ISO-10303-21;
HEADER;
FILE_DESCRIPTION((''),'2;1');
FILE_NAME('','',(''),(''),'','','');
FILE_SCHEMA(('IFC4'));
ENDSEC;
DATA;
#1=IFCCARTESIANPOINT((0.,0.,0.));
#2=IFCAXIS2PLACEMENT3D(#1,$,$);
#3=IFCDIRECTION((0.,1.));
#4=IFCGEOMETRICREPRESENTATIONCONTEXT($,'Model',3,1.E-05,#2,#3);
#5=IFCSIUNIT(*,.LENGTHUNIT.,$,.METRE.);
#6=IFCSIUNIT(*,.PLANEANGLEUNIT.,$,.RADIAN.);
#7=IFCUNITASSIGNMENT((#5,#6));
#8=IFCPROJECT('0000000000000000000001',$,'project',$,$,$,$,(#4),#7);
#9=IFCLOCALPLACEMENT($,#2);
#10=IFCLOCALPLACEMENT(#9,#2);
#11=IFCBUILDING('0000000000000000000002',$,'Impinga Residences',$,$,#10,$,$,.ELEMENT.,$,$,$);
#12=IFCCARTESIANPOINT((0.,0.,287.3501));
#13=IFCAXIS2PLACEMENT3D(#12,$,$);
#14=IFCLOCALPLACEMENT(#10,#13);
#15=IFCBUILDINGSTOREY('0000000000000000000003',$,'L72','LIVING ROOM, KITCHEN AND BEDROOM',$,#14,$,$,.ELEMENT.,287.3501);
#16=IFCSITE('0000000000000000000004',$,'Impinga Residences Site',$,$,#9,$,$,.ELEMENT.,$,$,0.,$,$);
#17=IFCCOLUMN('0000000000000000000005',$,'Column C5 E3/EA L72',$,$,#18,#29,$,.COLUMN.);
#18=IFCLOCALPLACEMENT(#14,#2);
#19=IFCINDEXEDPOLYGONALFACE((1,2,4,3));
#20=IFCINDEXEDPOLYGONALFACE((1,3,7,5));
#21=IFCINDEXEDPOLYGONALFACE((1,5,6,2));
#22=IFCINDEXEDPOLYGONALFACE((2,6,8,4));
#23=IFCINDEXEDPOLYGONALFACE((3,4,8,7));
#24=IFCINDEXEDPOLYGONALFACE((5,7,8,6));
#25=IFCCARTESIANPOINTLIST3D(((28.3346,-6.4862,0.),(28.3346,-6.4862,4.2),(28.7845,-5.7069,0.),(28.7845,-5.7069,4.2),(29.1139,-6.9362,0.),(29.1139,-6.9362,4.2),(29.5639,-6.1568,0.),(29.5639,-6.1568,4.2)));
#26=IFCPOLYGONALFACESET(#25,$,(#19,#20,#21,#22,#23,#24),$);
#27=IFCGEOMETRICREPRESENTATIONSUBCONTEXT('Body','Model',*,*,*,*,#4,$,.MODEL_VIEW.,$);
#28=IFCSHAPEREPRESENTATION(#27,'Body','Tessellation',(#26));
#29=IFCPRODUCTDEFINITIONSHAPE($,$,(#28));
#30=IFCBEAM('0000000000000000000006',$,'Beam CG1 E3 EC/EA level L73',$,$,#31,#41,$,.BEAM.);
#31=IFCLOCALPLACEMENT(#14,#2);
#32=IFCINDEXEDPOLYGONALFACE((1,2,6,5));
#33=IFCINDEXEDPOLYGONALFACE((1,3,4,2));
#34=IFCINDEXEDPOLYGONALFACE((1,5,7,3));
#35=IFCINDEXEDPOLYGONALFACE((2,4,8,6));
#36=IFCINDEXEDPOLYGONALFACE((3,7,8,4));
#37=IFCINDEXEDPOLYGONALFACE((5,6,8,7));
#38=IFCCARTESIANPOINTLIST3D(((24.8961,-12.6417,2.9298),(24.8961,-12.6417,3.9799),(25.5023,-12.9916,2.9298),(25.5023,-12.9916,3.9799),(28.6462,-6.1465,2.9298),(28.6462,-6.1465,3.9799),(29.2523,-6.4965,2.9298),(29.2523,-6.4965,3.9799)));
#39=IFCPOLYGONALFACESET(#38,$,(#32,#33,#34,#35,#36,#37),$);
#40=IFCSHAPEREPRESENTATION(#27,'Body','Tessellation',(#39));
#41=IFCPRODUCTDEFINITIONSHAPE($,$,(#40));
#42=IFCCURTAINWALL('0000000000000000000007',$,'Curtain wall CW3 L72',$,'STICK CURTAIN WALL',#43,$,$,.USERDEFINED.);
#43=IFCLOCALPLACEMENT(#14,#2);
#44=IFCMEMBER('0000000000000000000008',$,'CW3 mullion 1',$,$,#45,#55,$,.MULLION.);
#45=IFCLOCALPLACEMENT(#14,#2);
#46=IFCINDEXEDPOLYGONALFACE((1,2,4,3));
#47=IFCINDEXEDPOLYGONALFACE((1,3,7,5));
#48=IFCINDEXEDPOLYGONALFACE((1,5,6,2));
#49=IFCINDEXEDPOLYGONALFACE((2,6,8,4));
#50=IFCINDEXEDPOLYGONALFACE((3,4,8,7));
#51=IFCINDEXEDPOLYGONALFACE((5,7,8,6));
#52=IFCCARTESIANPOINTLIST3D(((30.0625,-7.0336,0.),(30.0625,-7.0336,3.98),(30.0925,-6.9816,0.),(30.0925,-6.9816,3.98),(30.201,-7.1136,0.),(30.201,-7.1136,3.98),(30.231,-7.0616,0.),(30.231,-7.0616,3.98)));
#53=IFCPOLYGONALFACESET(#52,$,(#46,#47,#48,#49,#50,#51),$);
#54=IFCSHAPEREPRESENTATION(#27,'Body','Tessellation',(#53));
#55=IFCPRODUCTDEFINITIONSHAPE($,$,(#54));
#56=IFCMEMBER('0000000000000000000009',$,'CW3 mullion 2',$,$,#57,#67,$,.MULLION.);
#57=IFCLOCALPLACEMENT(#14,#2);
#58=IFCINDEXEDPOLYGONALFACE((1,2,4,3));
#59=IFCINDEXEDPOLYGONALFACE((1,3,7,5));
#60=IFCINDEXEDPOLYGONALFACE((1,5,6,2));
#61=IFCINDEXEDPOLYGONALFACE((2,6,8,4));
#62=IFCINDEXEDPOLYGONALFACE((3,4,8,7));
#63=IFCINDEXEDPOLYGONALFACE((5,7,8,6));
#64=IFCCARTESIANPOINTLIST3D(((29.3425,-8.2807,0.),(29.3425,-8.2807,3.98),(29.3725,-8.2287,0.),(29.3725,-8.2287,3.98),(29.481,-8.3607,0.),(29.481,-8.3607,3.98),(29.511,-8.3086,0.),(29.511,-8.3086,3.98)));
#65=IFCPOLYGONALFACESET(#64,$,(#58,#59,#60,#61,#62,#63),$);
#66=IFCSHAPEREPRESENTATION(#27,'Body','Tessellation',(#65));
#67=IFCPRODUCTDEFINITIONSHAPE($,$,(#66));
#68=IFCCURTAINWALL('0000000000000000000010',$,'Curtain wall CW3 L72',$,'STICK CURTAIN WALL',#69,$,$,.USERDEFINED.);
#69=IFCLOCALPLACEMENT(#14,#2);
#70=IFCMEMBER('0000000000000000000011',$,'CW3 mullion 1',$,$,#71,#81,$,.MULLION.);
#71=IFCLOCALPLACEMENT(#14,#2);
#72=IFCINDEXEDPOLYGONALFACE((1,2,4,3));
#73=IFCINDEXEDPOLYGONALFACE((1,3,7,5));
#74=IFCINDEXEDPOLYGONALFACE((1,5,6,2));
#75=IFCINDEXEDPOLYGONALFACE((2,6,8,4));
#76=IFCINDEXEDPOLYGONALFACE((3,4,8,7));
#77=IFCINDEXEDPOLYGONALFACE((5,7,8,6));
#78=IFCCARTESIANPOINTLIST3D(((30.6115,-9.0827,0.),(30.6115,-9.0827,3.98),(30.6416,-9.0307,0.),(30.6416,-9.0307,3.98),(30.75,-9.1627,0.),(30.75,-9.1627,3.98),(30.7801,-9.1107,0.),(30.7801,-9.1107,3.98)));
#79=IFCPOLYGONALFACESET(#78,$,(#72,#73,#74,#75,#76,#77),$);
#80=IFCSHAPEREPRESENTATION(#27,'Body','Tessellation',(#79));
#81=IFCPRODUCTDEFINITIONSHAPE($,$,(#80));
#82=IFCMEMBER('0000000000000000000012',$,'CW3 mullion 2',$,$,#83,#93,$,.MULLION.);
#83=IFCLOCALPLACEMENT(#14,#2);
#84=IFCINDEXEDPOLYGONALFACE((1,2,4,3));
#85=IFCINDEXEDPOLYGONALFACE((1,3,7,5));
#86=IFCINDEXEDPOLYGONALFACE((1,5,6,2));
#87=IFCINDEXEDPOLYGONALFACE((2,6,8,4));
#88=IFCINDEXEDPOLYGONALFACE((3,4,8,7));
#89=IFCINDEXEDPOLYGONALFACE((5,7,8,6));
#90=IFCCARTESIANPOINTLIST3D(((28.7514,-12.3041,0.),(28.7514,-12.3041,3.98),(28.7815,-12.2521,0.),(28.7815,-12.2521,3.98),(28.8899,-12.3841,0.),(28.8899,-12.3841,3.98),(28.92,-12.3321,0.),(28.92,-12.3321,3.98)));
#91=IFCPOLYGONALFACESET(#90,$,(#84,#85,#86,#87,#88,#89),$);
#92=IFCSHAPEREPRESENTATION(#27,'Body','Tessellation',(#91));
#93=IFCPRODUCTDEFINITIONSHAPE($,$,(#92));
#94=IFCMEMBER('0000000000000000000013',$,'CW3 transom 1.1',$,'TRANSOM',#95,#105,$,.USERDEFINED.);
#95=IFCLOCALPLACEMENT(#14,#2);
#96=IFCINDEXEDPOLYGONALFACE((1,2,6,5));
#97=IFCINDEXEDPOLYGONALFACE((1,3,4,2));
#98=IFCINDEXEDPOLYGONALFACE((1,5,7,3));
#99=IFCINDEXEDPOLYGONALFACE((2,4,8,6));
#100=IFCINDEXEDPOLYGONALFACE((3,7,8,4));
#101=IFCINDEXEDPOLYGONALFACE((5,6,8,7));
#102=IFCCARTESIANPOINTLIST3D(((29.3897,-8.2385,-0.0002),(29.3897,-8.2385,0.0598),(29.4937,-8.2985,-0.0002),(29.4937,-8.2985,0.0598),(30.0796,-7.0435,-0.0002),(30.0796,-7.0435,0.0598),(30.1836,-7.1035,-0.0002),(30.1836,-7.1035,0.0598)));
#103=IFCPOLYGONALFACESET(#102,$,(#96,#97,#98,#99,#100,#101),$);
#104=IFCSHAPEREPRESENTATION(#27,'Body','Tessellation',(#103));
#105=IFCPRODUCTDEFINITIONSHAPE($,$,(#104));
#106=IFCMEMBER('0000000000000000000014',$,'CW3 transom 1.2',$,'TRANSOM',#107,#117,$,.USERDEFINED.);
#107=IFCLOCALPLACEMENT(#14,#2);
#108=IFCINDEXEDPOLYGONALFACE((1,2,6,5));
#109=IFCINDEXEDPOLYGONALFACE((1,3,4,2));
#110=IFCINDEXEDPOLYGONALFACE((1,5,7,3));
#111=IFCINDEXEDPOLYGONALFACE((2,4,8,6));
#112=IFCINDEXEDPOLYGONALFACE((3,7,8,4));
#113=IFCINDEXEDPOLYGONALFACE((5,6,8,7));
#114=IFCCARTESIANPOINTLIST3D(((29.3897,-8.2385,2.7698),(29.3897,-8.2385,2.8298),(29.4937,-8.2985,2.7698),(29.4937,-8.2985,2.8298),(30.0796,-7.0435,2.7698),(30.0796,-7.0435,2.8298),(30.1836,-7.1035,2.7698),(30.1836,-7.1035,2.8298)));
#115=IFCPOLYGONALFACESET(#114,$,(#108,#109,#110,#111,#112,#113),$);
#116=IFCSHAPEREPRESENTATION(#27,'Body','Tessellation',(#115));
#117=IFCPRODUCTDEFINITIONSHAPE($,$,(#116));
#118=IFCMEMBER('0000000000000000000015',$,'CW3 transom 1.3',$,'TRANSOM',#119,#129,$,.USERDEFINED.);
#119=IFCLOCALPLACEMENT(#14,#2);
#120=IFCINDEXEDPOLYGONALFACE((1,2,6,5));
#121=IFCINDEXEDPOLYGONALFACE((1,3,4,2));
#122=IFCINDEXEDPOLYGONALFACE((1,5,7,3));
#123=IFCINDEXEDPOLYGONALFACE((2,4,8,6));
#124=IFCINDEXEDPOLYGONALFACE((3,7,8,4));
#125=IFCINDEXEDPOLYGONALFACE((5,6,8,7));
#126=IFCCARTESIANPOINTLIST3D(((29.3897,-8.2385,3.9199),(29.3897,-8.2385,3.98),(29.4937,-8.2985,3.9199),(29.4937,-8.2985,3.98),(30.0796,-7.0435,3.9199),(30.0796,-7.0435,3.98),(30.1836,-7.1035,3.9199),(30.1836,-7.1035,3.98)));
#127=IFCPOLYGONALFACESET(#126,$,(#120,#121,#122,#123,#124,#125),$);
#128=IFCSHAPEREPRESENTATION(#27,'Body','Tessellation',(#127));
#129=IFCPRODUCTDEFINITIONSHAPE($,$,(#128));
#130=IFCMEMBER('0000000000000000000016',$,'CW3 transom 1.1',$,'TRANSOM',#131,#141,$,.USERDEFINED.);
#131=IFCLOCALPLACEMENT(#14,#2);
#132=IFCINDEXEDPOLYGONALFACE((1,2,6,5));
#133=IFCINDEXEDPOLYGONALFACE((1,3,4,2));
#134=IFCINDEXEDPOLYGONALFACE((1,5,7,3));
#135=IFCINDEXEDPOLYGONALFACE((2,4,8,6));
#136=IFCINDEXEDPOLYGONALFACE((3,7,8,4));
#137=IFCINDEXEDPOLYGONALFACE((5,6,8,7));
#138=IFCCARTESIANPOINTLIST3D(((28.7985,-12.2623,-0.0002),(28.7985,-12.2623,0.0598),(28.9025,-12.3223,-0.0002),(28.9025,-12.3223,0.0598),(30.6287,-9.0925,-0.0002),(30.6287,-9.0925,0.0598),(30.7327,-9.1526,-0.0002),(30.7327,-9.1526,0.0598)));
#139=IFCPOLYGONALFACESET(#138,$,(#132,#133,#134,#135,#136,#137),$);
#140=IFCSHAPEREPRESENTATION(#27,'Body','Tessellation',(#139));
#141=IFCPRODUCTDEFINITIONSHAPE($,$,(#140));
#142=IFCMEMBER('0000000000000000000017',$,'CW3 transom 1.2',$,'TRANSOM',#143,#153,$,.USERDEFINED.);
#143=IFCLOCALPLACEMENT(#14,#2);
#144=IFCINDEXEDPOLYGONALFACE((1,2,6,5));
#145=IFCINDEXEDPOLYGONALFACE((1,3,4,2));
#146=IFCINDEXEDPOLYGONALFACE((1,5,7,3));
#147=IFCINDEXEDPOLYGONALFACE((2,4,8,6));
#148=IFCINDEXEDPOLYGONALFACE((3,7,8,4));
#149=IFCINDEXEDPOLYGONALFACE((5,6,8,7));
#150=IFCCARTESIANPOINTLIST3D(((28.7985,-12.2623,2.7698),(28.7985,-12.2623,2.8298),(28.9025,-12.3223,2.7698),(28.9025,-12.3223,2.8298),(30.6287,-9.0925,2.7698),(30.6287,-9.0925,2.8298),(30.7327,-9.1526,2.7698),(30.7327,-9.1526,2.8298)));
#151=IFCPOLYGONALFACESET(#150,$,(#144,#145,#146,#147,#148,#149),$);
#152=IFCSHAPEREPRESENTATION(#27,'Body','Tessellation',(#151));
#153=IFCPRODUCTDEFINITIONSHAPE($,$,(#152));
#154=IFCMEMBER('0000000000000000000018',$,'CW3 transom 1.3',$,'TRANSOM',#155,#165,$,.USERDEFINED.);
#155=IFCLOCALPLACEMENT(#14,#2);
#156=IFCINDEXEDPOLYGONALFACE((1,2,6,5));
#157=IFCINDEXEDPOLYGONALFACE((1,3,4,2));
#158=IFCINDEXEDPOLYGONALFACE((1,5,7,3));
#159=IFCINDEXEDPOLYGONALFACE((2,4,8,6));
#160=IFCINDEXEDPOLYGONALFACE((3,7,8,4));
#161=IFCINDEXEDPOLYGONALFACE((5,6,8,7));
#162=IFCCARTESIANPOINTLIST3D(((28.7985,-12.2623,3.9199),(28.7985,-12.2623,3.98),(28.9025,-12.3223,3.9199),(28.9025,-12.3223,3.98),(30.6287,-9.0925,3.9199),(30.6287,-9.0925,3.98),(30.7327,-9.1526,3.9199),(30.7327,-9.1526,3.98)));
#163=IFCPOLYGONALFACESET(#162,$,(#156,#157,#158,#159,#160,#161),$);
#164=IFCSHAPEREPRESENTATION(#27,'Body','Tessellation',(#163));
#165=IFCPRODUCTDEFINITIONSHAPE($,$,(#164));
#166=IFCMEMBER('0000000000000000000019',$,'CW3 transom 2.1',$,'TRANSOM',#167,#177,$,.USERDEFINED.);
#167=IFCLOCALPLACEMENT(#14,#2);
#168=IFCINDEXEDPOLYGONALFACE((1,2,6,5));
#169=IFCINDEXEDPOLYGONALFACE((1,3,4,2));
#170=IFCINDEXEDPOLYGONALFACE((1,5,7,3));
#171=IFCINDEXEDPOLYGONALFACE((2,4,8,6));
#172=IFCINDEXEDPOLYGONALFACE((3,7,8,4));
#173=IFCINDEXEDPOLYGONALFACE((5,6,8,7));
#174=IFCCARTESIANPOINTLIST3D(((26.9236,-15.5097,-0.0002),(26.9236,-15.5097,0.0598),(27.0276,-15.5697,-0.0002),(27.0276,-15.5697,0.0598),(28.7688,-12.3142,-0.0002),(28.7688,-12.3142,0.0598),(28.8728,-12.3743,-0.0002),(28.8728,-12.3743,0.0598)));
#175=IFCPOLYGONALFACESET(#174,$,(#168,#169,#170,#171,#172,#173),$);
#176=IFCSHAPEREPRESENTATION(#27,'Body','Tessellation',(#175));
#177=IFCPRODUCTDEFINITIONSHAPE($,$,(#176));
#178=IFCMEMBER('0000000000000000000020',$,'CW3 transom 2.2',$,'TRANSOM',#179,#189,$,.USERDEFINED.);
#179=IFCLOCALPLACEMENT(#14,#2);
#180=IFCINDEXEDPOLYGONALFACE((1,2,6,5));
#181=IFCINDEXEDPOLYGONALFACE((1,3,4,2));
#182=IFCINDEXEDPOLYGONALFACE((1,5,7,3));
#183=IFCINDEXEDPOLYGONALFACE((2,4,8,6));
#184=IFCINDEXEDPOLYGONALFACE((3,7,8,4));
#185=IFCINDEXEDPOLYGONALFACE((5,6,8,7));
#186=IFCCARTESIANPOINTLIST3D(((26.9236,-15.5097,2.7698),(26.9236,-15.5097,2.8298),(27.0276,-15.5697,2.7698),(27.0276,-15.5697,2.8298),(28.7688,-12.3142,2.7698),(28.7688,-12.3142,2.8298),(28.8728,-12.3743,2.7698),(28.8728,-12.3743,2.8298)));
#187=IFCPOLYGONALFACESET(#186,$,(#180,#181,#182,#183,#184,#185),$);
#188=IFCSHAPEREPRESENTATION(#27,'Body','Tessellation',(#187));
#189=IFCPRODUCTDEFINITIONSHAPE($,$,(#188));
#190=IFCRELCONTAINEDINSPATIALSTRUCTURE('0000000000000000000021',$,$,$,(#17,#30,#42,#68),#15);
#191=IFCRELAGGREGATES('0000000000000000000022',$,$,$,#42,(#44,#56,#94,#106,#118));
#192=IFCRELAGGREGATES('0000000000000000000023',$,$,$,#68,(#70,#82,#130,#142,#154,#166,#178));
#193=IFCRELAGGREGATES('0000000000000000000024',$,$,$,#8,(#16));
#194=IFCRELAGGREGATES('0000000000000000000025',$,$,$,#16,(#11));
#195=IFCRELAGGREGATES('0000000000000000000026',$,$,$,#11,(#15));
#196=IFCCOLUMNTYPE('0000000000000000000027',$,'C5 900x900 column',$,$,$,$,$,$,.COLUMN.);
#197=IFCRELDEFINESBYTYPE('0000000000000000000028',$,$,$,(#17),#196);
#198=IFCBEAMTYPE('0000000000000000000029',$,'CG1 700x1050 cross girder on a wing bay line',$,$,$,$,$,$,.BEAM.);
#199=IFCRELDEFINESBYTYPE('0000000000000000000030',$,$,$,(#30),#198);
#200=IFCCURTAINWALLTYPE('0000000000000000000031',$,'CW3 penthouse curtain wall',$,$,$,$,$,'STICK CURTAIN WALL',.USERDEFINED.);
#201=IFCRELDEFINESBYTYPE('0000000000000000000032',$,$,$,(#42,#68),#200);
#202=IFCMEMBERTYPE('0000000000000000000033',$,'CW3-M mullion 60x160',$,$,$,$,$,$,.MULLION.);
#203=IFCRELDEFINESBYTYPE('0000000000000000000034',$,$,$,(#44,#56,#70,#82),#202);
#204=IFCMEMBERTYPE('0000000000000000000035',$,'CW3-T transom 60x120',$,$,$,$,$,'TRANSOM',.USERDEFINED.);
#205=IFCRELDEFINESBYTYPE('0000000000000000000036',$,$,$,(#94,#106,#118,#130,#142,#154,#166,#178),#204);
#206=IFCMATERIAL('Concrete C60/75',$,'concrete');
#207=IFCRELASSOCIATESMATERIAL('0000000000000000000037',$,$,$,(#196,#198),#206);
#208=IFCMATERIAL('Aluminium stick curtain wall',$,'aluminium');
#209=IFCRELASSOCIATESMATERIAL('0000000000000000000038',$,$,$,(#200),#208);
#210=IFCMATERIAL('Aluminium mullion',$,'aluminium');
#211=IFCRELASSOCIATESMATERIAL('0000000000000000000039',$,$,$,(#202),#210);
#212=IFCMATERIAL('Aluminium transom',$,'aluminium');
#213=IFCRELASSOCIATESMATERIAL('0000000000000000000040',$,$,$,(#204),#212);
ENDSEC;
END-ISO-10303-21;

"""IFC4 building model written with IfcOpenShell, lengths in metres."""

from ifc_helpers import new_model, si_unit, direction, frame, origin, origin_2d, place, context, subcontext, project, spatial, rectangle, extrude, material, material_profile, profile_set, type_object, element, aggregate, save


model = new_model("IFC4")

# Units and contexts
model_context = context("Model", 3, precision=1e-05, world=origin(), true_north=direction((0.0, 1.0)))
body_context = subcontext(model_context, "Body", "Model", "MODEL_VIEW")
ifc_project = project(units=[si_unit("LENGTHUNIT", "METRE"), si_unit("PLANEANGLEUNIT", "RADIAN")], contexts=[model_context])

# Site, building, storey
site_placement = place(None, origin())
site = spatial("IfcSite", under=ifc_project, at=site_placement, Name="Impinga Residences Site", CompositionType="ELEMENT", RefElevation=0.0)
building_placement = place(site_placement, origin())
building = spatial("IfcBuilding", under=site, at=building_placement, Name="Impinga Residences", CompositionType="ELEMENT")
storey_placement = place(building_placement, frame((0.0, 0.0, 287.3501)))
storey = spatial("IfcBuildingStorey", under=building, at=storey_placement, Name="L72", Description="LIVING ROOM, KITCHEN AND BEDROOM", CompositionType="ELEMENT", Elevation=287.3501)

# Column
ifc_material_1 = material(Name="Concrete C60/75", Category="concrete")
ifc_material_profile_1 = material_profile(ifc_material_1, rectangle(XDim=0.8999, YDim=0.8999, at=origin_2d()), Name="RC 900x900")
ifc_profile_set_1 = profile_set([ifc_material_profile_1], Name="Concrete C60/75")
column_type = type_object("IfcColumnType", Name="C5 900x900 column", PredefinedType="COLUMN", material=ifc_profile_set_1)
column_placement = place(storey_placement, frame((28.9492, -6.3215, 0.0), z_axis=(0.0, 0.0, 1.0), x_axis=(-0.5, -0.866025, 0.0)))
element("IfcColumn", 1, at=column_placement, inside=storey, type_object=column_type, Name="Column C5 E3/EA L72", PredefinedType="COLUMN", context=body_context, shape_type="SweptSolid", body=[
    extrude(rectangle(XDim=0.8999, YDim=0.8999, at=origin_2d()), origin(), (0.0, 0.0, 1.0), 4.2),
])

# Beam
ifc_material_profile_2 = material_profile(ifc_material_1, rectangle(XDim=0.7, YDim=1.05, at=origin_2d()), Name="RC 700x1050")
ifc_profile_set_2 = profile_set([ifc_material_profile_2], Name="Concrete C60/75")
beam_type_1 = type_object("IfcBeamType", Name="CG1 700x1050 cross girder on a wing bay line", PredefinedType="BEAM", material=ifc_profile_set_2)
beam_1_placement = place(storey_placement, frame((25.1992, -12.8167, 3.4548), z_axis=(0.500004, 0.866023, 0.0), x_axis=(-0.866023, 0.500004, 0.0)))
element("IfcBeam", 2, at=beam_1_placement, inside=storey, type_object=beam_type_1, Name="Beam CG1 E3 EC/EA level L73", PredefinedType="BEAM", context=body_context, shape_type="SweptSolid", body=[
    extrude(rectangle(XDim=0.7, YDim=1.05, at=origin_2d()), origin(), (0.0, 0.0, 1.0), 7.5),
])

# Curtain walls, members
ifc_material_2 = material(Name="Aluminium stick curtain wall", Category="aluminium")
curtain_wall_type = type_object("IfcCurtainWallType", Name="CW3 penthouse curtain wall", ElementType="STICK CURTAIN WALL", PredefinedType="USERDEFINED", material=ifc_material_2)
curtain_wall_1_placement = place(storey_placement, origin())
curtain_wall_1 = element("IfcCurtainWall", 3, at=curtain_wall_1_placement, inside=storey, type_object=curtain_wall_type, Name="Curtain wall CW3 L72", ObjectType="STICK CURTAIN WALL", PredefinedType="USERDEFINED")
ifc_material_3 = material(Name="Aluminium mullion", Category="aluminium")
ifc_material_profile_3 = material_profile(ifc_material_3, rectangle(XDim=0.0601, YDim=0.1599, at=origin_2d()), Name="60x160 mullion")
ifc_profile_set_3 = profile_set([ifc_material_profile_3], Name="Aluminium mullion")
member_type_1 = type_object("IfcMemberType", Name="CW3-M mullion 60x160", PredefinedType="MULLION", material=ifc_profile_set_3)
member_1_placement = place(storey_placement, frame((30.1467, -7.0476, 0.0), z_axis=(0.0, 0.0, 1.0), x_axis=(-0.5, -0.866025, 0.0)))
member_1 = element("IfcMember", 4, at=member_1_placement, type_object=member_type_1, Name="CW3 mullion 1", PredefinedType="MULLION", context=body_context, shape_type="SweptSolid", body=[
    extrude(rectangle(XDim=0.0601, YDim=0.1599, at=origin_2d()), origin(), (0.0, 0.0, 1.0), 3.98),
])
member_2_placement = place(storey_placement, frame((29.4268, -8.2947, 0.0), z_axis=(0.0, 0.0, 1.0), x_axis=(-0.5, -0.866025, 0.0)))
member_2 = element("IfcMember", 5, at=member_2_placement, type_object=member_type_1, Name="CW3 mullion 2", PredefinedType="MULLION", context=body_context, shape_type="SweptSolid", body=[
    extrude(rectangle(XDim=0.0601, YDim=0.1599, at=origin_2d()), origin(), (0.0, 0.0, 1.0), 3.98),
])
curtain_wall_2_placement = place(storey_placement, origin())
curtain_wall_2 = element("IfcCurtainWall", 6, at=curtain_wall_2_placement, inside=storey, type_object=curtain_wall_type, Name="Curtain wall CW3 L72", ObjectType="STICK CURTAIN WALL", PredefinedType="USERDEFINED")
member_3_placement = place(storey_placement, frame((30.6958, -9.0967, 0.0), z_axis=(0.0, 0.0, 1.0), x_axis=(-0.5, -0.866025, 0.0)))
member_3 = element("IfcMember", 7, at=member_3_placement, type_object=member_type_1, Name="CW3 mullion 1", PredefinedType="MULLION", context=body_context, shape_type="SweptSolid", body=[
    extrude(rectangle(XDim=0.0601, YDim=0.1599, at=origin_2d()), origin(), (0.0, 0.0, 1.0), 3.98),
])
member_4_placement = place(storey_placement, frame((28.8357, -12.3181, 0.0), z_axis=(0.0, 0.0, 1.0), x_axis=(-0.5, -0.866025, 0.0)))
member_4 = element("IfcMember", 8, at=member_4_placement, type_object=member_type_1, Name="CW3 mullion 2", PredefinedType="MULLION", context=body_context, shape_type="SweptSolid", body=[
    extrude(rectangle(XDim=0.0601, YDim=0.1599, at=origin_2d()), origin(), (0.0, 0.0, 1.0), 3.98),
])

# Members
ifc_material_4 = material(Name="Aluminium transom", Category="aluminium")
ifc_material_profile_4 = material_profile(ifc_material_4, rectangle(XDim=0.0601, YDim=0.1201, at=origin_2d()), Name="60x120 transom")
ifc_profile_set_4 = profile_set([ifc_material_profile_4], Name="Aluminium transom")
member_type_2 = type_object("IfcMemberType", Name="CW3-T transom 60x120", ElementType="TRANSOM", PredefinedType="USERDEFINED", material=ifc_profile_set_4)
member_5_placement = place(storey_placement, frame((30.1316, -7.0735, 0.0298), z_axis=(-0.499983, -0.866035, 0.0), x_axis=(0.0, 0.0, 1.0)))
member_5 = element("IfcMember", 9, at=member_5_placement, type_object=member_type_2, Name="CW3 transom 1.1", ObjectType="TRANSOM", PredefinedType="USERDEFINED", context=body_context, shape_type="SweptSolid", body=[
    extrude(rectangle(XDim=0.0601, YDim=0.1201, at=origin_2d()), origin(), (0.0, 0.0, 1.0), 1.3799),
])
member_6_placement = place(storey_placement, frame((30.1316, -7.0735, 2.7998), z_axis=(-0.499983, -0.866035, 0.0), x_axis=(0.0, 0.0, 1.0)))
member_6 = element("IfcMember", 10, at=member_6_placement, type_object=member_type_2, Name="CW3 transom 1.2", ObjectType="TRANSOM", PredefinedType="USERDEFINED", context=body_context, shape_type="SweptSolid", body=[
    extrude(rectangle(XDim=0.0601, YDim=0.1201, at=origin_2d()), origin(), (0.0, 0.0, 1.0), 1.3799),
])
member_7_placement = place(storey_placement, frame((30.1316, -7.0735, 3.95), z_axis=(-0.499983, -0.866035, 0.0), x_axis=(0.0, 0.0, 1.0)))
member_7 = element("IfcMember", 11, at=member_7_placement, type_object=member_type_2, Name="CW3 transom 1.3", ObjectType="TRANSOM", PredefinedType="USERDEFINED", context=body_context, shape_type="SweptSolid", body=[
    extrude(rectangle(XDim=0.0601, YDim=0.1201, at=origin_2d()), origin(), (0.0, 0.0, 1.0), 1.3799),
])
member_8_placement = place(storey_placement, frame((30.6807, -9.1226, 0.0298), z_axis=(-0.500013, -0.866018, 0.0), x_axis=(0.0, 0.0, 1.0)))
member_8 = element("IfcMember", 12, at=member_8_placement, type_object=member_type_2, Name="CW3 transom 1.1", ObjectType="TRANSOM", PredefinedType="USERDEFINED", context=body_context, shape_type="SweptSolid", body=[
    extrude(rectangle(XDim=0.0601, YDim=0.1201, at=origin_2d()), origin(), (0.0, 0.0, 1.0), 3.6602),
])
member_9_placement = place(storey_placement, frame((30.6807, -9.1226, 2.7998), z_axis=(-0.500013, -0.866018, 0.0), x_axis=(0.0, 0.0, 1.0)))
member_9 = element("IfcMember", 13, at=member_9_placement, type_object=member_type_2, Name="CW3 transom 1.2", ObjectType="TRANSOM", PredefinedType="USERDEFINED", context=body_context, shape_type="SweptSolid", body=[
    extrude(rectangle(XDim=0.0601, YDim=0.1201, at=origin_2d()), origin(), (0.0, 0.0, 1.0), 3.6602),
])
member_10_placement = place(storey_placement, frame((30.6807, -9.1226, 3.95), z_axis=(-0.500013, -0.866018, 0.0), x_axis=(0.0, 0.0, 1.0)))
member_10 = element("IfcMember", 14, at=member_10_placement, type_object=member_type_2, Name="CW3 transom 1.3", ObjectType="TRANSOM", PredefinedType="USERDEFINED", context=body_context, shape_type="SweptSolid", body=[
    extrude(rectangle(XDim=0.0601, YDim=0.1201, at=origin_2d()), origin(), (0.0, 0.0, 1.0), 3.6602),
])
member_11_placement = place(storey_placement, frame((28.8208, -12.3442, 0.0298), z_axis=(-0.500053, -0.865995, 0.0), x_axis=(0.0, 0.0, 1.0)))
member_11 = element("IfcMember", 15, at=member_11_placement, type_object=member_type_2, Name="CW3 transom 2.1", ObjectType="TRANSOM", PredefinedType="USERDEFINED", context=body_context, shape_type="SweptSolid", body=[
    extrude(rectangle(XDim=0.0601, YDim=0.1201, at=origin_2d()), origin(), (0.0, 0.0, 1.0), 3.6899),
])
member_12_placement = place(storey_placement, frame((28.8208, -12.3442, 2.7998), z_axis=(-0.500053, -0.865995, 0.0), x_axis=(0.0, 0.0, 1.0)))
member_12 = element("IfcMember", 16, at=member_12_placement, type_object=member_type_2, Name="CW3 transom 2.2", ObjectType="TRANSOM", PredefinedType="USERDEFINED", context=body_context, shape_type="SweptSolid", body=[
    extrude(rectangle(XDim=0.0601, YDim=0.1201, at=origin_2d()), origin(), (0.0, 0.0, 1.0), 3.6899),
])

aggregate(curtain_wall_1, [member_1, member_2, member_5, member_6, member_7])
aggregate(curtain_wall_2, [member_3, member_4, member_8, member_9, member_10, member_11, member_12])

save(model, "model.ifc")
